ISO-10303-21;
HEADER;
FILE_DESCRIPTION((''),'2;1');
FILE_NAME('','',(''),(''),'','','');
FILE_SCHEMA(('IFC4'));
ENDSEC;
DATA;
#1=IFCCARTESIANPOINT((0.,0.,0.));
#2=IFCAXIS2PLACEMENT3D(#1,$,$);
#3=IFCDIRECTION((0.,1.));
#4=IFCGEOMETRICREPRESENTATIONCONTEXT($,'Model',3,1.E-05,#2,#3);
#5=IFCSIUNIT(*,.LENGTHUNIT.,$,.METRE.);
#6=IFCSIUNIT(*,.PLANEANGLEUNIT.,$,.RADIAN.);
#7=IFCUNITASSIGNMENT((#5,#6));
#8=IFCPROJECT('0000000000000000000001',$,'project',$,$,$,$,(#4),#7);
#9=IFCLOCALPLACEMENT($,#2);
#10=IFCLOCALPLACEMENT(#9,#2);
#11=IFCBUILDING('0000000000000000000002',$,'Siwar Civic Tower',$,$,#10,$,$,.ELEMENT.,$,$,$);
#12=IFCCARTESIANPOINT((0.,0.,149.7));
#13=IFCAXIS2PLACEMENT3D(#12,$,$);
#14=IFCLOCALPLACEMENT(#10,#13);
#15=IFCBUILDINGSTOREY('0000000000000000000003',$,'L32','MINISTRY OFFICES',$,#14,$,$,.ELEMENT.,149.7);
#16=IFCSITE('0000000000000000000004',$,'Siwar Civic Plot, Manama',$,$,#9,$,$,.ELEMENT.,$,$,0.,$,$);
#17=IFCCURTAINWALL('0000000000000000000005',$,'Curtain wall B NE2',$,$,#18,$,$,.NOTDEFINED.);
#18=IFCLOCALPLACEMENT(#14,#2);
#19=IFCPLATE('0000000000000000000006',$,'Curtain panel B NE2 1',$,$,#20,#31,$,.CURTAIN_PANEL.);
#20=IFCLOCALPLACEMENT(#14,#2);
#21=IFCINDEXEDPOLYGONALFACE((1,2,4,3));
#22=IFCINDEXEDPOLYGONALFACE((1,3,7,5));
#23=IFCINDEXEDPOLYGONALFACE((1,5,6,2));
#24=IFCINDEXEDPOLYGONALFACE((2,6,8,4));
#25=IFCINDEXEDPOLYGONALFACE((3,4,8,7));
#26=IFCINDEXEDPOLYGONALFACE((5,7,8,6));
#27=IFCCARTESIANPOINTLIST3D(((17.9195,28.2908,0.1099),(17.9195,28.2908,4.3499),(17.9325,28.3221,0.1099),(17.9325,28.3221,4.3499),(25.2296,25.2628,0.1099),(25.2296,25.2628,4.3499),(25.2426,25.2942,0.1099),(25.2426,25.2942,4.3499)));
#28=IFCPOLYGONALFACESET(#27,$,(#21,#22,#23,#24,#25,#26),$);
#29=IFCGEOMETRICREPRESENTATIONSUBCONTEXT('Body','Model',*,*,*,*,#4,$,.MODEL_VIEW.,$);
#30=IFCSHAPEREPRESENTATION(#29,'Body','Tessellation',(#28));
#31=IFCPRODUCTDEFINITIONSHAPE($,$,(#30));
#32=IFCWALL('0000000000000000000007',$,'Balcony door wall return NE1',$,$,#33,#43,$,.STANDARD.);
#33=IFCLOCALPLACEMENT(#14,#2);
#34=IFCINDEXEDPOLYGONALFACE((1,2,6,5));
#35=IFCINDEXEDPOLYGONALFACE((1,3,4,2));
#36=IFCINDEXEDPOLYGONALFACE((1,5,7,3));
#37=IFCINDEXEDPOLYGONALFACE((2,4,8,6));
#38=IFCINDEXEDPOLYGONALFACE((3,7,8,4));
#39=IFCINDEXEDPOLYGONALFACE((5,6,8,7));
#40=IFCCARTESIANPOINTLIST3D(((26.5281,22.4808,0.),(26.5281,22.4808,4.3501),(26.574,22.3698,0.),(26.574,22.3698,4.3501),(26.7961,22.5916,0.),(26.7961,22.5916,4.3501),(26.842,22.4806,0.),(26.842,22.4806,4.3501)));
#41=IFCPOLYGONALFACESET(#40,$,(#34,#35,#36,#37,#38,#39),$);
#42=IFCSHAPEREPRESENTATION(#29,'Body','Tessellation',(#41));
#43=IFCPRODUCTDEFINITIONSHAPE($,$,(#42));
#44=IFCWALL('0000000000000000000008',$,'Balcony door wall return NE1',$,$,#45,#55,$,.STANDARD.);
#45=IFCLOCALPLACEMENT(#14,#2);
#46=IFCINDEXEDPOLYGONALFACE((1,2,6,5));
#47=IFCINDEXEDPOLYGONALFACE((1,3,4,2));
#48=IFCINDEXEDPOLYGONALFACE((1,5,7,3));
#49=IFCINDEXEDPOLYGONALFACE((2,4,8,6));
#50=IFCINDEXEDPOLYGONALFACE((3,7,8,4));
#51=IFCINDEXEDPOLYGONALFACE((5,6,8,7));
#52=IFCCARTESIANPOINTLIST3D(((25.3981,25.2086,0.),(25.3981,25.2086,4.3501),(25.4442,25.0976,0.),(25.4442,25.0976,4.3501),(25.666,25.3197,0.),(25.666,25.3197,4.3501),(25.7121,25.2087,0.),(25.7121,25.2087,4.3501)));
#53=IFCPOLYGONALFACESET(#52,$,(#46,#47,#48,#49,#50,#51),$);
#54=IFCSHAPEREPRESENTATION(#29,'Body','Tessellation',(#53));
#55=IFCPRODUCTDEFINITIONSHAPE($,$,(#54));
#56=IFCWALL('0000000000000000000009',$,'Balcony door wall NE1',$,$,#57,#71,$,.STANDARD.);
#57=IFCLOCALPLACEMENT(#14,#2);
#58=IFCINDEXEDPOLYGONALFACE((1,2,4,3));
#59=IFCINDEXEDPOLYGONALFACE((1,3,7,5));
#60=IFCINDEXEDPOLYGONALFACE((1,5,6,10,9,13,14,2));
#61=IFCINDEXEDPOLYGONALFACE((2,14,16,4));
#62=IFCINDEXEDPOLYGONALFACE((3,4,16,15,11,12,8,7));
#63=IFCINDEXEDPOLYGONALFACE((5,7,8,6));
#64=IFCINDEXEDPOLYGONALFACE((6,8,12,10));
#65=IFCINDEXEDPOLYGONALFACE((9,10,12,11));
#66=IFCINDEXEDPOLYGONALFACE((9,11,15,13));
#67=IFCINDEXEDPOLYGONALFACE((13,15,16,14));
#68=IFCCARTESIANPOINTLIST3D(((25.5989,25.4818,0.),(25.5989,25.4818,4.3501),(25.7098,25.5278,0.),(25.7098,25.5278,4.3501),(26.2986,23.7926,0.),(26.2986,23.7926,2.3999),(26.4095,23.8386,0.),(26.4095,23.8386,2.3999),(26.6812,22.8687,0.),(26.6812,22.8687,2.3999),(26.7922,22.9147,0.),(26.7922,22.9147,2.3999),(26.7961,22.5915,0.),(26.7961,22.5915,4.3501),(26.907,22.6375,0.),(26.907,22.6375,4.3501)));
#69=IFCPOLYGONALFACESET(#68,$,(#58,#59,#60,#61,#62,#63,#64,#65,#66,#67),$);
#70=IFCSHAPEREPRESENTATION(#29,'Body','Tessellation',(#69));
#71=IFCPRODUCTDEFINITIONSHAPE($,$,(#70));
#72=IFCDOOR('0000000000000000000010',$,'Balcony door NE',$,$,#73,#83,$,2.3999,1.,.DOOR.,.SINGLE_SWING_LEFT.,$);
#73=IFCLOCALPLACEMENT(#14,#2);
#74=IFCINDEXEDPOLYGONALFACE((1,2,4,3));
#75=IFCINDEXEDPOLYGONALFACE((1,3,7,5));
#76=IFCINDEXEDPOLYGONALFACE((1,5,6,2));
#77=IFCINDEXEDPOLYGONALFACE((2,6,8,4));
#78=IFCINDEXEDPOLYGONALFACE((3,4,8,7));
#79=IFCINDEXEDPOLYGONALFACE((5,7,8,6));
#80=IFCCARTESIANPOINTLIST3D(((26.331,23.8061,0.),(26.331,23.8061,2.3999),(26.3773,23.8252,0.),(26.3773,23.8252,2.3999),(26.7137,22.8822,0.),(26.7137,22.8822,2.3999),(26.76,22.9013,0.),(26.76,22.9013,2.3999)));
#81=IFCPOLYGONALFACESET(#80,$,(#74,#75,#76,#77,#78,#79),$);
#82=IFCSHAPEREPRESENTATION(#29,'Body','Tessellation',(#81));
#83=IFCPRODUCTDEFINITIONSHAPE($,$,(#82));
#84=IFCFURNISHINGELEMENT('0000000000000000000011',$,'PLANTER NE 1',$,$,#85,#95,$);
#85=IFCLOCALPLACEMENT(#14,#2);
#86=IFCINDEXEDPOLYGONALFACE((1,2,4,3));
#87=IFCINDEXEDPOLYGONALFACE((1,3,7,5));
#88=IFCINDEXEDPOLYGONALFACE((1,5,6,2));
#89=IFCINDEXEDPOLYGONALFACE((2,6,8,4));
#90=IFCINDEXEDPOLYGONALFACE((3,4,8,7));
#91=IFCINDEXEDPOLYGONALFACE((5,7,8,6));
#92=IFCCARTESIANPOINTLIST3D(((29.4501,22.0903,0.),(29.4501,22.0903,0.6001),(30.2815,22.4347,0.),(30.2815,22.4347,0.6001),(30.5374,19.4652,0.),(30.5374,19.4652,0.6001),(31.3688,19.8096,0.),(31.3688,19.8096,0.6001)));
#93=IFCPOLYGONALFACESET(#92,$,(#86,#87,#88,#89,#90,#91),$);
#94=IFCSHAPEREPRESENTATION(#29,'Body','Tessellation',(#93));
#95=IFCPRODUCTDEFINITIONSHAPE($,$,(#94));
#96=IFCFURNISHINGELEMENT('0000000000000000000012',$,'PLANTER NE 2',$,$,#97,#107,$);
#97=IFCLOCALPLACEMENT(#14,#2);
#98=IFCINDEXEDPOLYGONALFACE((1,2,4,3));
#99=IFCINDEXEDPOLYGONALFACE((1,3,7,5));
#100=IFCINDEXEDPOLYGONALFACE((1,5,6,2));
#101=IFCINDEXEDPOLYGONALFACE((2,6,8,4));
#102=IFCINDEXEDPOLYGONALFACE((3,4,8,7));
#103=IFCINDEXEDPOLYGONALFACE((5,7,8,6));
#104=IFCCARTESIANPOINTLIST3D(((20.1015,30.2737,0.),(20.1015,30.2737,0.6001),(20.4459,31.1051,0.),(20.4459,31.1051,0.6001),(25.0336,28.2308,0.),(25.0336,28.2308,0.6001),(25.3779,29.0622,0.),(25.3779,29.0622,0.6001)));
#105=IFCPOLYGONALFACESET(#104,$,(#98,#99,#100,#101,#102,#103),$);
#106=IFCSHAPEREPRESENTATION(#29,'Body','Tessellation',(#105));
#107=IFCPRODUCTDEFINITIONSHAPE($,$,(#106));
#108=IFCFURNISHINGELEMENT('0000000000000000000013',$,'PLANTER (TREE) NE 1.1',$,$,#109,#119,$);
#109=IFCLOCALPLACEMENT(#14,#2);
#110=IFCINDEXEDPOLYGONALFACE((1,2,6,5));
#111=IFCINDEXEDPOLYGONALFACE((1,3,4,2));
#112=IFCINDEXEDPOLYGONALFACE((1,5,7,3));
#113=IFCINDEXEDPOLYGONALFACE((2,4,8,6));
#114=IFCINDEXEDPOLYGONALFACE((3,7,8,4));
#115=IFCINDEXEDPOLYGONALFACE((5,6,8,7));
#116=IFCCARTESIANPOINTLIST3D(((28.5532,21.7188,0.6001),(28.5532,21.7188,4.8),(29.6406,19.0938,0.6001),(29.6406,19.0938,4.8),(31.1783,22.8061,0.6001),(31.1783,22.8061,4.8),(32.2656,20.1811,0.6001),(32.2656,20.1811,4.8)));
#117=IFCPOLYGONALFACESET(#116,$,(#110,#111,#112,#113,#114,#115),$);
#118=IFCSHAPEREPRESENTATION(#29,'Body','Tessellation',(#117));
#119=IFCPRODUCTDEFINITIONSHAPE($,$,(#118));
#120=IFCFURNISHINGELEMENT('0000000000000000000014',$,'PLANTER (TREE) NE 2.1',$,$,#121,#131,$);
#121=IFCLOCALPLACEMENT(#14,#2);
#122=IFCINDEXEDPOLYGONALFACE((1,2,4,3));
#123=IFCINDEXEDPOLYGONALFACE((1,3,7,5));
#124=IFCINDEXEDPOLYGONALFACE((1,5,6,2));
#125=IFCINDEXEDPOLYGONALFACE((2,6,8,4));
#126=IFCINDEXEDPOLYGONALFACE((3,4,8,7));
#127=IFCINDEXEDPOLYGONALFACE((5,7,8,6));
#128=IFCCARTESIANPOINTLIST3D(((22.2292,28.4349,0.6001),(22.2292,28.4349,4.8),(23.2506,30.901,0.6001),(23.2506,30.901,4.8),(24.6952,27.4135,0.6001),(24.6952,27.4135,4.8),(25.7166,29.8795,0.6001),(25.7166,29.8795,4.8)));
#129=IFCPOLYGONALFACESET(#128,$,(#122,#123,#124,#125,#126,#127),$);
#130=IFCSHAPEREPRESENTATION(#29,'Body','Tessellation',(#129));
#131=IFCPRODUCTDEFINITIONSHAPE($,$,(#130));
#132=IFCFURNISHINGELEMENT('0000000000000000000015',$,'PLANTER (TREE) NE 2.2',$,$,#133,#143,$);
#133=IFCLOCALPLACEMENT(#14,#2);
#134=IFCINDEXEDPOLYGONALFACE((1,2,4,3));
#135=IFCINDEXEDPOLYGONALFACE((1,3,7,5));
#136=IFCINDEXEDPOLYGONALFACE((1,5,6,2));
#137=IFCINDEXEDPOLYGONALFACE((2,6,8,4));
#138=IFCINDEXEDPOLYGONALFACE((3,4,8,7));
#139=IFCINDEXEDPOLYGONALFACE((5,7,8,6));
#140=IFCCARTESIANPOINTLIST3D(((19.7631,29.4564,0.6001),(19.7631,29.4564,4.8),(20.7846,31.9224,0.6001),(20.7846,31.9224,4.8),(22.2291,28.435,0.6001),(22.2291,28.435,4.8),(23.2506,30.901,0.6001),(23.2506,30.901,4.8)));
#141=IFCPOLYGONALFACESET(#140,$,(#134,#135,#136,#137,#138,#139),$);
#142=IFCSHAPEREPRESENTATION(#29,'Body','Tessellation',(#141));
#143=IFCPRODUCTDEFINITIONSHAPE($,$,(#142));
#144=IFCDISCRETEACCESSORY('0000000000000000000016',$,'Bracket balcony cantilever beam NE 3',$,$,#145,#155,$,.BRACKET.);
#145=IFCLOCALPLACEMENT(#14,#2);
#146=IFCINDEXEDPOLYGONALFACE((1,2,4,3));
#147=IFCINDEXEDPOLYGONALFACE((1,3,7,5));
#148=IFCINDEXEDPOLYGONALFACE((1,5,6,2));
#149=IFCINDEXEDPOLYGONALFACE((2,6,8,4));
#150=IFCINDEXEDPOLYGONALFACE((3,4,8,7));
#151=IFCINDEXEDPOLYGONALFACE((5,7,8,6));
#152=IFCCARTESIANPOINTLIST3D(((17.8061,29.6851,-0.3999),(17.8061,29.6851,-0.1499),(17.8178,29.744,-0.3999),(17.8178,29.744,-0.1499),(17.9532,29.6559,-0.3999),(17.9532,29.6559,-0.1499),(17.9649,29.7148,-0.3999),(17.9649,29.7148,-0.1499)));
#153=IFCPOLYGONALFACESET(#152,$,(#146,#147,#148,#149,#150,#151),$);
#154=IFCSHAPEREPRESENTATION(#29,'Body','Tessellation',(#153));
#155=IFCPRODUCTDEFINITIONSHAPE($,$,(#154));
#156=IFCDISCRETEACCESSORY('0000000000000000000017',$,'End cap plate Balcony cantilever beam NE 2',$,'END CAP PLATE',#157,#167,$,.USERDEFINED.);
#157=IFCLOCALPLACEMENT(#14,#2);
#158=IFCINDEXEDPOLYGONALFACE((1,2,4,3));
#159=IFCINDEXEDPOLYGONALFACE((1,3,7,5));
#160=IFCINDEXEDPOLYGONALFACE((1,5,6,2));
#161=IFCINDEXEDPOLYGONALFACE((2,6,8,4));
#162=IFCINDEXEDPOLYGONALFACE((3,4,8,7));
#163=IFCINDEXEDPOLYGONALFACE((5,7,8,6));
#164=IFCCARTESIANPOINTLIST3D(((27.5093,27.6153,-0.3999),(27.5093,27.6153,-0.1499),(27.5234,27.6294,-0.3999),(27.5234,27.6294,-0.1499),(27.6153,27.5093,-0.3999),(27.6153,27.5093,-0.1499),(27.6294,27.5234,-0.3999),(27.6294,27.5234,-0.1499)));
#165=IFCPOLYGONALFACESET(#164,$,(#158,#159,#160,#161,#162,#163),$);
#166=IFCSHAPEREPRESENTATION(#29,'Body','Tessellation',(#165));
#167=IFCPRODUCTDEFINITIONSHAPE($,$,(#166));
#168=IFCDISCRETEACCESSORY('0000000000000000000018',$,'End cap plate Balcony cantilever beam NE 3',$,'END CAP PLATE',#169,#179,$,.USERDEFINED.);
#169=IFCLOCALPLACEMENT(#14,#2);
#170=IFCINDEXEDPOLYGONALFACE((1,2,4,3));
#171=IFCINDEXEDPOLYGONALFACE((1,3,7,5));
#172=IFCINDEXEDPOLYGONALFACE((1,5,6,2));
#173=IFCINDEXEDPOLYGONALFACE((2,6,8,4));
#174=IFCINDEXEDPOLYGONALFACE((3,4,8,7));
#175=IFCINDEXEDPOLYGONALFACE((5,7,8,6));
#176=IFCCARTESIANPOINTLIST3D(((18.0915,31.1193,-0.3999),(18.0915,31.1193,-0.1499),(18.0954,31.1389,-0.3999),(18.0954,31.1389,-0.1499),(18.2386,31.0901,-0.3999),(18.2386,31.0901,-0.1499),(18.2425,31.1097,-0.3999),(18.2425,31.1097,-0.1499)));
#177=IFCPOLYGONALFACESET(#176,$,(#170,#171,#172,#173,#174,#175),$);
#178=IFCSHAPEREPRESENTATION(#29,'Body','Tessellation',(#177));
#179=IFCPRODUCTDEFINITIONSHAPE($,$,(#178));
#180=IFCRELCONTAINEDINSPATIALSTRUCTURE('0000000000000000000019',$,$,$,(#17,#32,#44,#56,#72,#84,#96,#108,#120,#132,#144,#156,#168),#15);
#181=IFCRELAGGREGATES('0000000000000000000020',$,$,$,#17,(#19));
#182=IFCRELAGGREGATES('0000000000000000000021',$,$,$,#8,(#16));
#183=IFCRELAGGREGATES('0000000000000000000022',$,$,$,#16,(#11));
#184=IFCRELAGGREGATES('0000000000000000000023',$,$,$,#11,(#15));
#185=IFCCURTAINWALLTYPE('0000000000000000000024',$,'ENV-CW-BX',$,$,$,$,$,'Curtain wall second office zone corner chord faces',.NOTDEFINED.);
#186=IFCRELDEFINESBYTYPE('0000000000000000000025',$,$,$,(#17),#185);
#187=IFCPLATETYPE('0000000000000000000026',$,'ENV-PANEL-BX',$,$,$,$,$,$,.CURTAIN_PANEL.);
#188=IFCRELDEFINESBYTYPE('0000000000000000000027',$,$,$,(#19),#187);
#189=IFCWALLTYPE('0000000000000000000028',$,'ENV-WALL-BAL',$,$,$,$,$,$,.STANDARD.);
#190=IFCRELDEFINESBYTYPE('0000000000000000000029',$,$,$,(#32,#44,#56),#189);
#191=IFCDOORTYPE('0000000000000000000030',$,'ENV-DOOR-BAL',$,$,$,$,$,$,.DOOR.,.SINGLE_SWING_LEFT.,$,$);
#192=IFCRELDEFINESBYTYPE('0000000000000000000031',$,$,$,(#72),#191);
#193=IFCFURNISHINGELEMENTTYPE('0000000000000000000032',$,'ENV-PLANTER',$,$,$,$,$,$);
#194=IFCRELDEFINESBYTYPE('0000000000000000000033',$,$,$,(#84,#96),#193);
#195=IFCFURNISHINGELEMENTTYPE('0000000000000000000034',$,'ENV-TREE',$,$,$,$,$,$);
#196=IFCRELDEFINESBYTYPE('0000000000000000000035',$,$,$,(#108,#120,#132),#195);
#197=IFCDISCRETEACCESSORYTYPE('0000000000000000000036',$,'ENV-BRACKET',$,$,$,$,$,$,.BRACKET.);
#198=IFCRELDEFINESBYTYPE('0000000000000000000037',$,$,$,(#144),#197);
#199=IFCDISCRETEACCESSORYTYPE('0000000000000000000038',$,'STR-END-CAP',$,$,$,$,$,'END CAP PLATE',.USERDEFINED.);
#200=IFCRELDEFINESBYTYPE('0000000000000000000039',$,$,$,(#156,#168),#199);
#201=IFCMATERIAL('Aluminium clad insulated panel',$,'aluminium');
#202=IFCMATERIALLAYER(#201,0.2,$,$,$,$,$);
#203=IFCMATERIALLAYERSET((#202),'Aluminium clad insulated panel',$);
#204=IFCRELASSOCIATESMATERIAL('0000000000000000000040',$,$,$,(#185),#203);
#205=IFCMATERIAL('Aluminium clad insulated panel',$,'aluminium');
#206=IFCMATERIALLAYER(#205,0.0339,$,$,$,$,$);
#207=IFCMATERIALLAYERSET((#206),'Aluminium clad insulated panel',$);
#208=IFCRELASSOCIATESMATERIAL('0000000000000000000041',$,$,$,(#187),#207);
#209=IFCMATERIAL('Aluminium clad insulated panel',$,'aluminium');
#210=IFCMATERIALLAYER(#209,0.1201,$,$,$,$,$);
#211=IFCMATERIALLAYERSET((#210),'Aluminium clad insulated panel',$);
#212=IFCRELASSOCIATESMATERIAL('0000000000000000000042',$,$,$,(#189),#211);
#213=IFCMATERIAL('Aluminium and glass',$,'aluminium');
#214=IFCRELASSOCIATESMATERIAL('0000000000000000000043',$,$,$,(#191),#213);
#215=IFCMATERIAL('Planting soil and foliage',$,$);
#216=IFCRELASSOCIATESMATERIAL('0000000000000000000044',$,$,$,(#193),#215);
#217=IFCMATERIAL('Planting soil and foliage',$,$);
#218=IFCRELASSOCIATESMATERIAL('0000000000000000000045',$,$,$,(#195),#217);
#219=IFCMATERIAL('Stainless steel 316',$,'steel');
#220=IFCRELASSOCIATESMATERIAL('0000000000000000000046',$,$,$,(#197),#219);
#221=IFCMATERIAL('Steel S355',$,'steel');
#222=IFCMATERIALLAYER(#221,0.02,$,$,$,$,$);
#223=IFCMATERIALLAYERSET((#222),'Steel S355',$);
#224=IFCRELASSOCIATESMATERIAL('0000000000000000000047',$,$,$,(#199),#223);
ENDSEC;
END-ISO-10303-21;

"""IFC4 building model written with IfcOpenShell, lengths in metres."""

from ifc_helpers import new_model, si_unit, direction, frame, frame_2d, origin, origin_2d, place, context, subcontext, project, spatial, rectangle, extrude, material, layer, layer_set, type_object, element, fill, aggregate, save


model = new_model("IFC4")

# Units and contexts
model_context = context("Model", 3, precision=1e-05, world=origin(), true_north=direction((0.0, 1.0)))
body_context = subcontext(model_context, "Body", "Model", "MODEL_VIEW")
ifc_project = project(units=[si_unit("LENGTHUNIT", "METRE"), si_unit("PLANEANGLEUNIT", "RADIAN")], contexts=[model_context])

# Site, building, storey
site_placement = place(None, origin())
site = spatial("IfcSite", under=ifc_project, at=site_placement, Name="Siwar Civic Plot, Manama", CompositionType="ELEMENT", RefElevation=0.0)
building_placement = place(site_placement, origin())
building = spatial("IfcBuilding", under=site, at=building_placement, Name="Siwar Civic Tower", CompositionType="ELEMENT")
storey_placement = place(building_placement, frame((0.0, 0.0, 149.7)))
storey = spatial("IfcBuildingStorey", under=building, at=storey_placement, Name="L32", Description="MINISTRY OFFICES", CompositionType="ELEMENT", Elevation=149.7)

# Shared definitions
ifc_material_1 = material(Name="Aluminium clad insulated panel", Category="aluminium")
ifc_layer_1 = layer(ifc_material_1, 0.2)
ifc_layer_set_1 = layer_set([ifc_layer_1], Name="Aluminium clad insulated panel")
curtain_wall_type = type_object("IfcCurtainWallType", Name="ENV-CW-BX", ElementType="Curtain wall second office zone corner chord faces", PredefinedType="NOTDEFINED", material=ifc_layer_set_1)

# Curtain wall
curtain_wall_1_placement = place(storey_placement, origin())
curtain_wall_1 = element("IfcCurtainWall", 1, at=curtain_wall_1_placement, inside=storey, type_object=curtain_wall_type, Name="Curtain wall B NE2", PredefinedType="NOTDEFINED")

# Plate
ifc_material_2 = material(Name="Aluminium clad insulated panel", Category="aluminium")
ifc_layer_2 = layer(ifc_material_2, 0.0339)
ifc_layer_set_2 = layer_set([ifc_layer_2], Name="Aluminium clad insulated panel")
plate_type = type_object("IfcPlateType", Name="ENV-PANEL-BX", PredefinedType="CURTAIN_PANEL", material=ifc_layer_set_2)
plate_placement = place(storey_placement, frame((21.5811, 26.7925, 0.1099), z_axis=(0.0, 0.0, 1.0), x_axis=(-0.92388, 0.382683, 0.0)))
plate = element("IfcPlate", 2, at=plate_placement, type_object=plate_type, Name="Curtain panel B NE2 1", PredefinedType="CURTAIN_PANEL", context=body_context, shape_type="SweptSolid", body=[
    extrude(rectangle(XDim=7.9124, YDim=0.0339, at=origin_2d()), origin(), (0.0, 0.0, 1.0), 4.24),
])
aggregate(curtain_wall_1, [plate])

# Walls
ifc_material_3 = material(Name="Aluminium clad insulated panel", Category="aluminium")
ifc_layer_3 = layer(ifc_material_3, 0.1201)
ifc_layer_set_3 = layer_set([ifc_layer_3], Name="Aluminium clad insulated panel")
wall_type = type_object("IfcWallType", Name="ENV-WALL-BAL", PredefinedType="STANDARD", material=ifc_layer_set_3)
for number, where, z_axis, x_axis, name in (
    (3, (26.551, 22.4253, 0.0), (0.0, 0.0, 1.0), (0.924119, 0.382104, 0.0), "Balcony door wall return NE1"),
    (4, (25.4211, 25.1531, 0.0), (0.0, 0.0, 1.0), (0.923699, 0.38312, 0.0), "Balcony door wall return NE1"),
):
    element("IfcWall", number, at=place(storey_placement, frame(where, z_axis=z_axis, x_axis=x_axis)), inside=storey, type_object=wall_type, Name=name, PredefinedType="STANDARD", context=body_context, shape_type="SweptSolid", body=[
        extrude(rectangle(XDim=0.29, YDim=0.1201, at=frame_2d((0.145, 0.0))), origin(), (0.0, 0.0, 1.0), 4.3501),
    ])

# Wall, opening, door
wall_placement = place(storey_placement, frame((26.8516, 22.6145, 0.0), z_axis=(0.0, 0.0, 1.0), x_axis=(-0.382692, 0.923876, 0.0)))
wall = element("IfcWall", 5, at=wall_placement, inside=storey, type_object=wall_type, Name="Balcony door wall NE1", PredefinedType="STANDARD", context=body_context, shape_type="SweptSolid", body=[
    extrude(rectangle(XDim=3.1284, YDim=0.1201, at=frame_2d((1.5642, 0.0))), origin(), (0.0, 0.0, 1.0), 4.3501),
])
opening_placement = place(wall_placement, frame((0.3, 0.0, 0.0)))
opening = element("IfcOpeningElement", 6, at=opening_placement, cuts=wall, PredefinedType="OPENING", context=body_context, shape_type="SweptSolid", body=[
    extrude(rectangle(XDim=1.0, YDim=2.3999, at=frame_2d((0.5, 1.2))), frame((0.0, 0.0701, 0.0), z_axis=(0.0, -1.0, 0.0), x_axis=(1.0, 0.0, 0.0)), (0.0, 0.0, 1.0), 0.1401),
])
ifc_material_4 = material(Name="Aluminium and glass", Category="aluminium")
door_type = type_object("IfcDoorType", Name="ENV-DOOR-BAL", OperationType="SINGLE_SWING_LEFT", PredefinedType="DOOR", material=ifc_material_4)
door_placement = place(opening_placement, origin())
door = element("IfcDoor", 7, at=door_placement, inside=storey, type_object=door_type, Name="Balcony door NE", OperationType="SINGLE_SWING_LEFT", OverallHeight=2.3999, OverallWidth=1.0, PredefinedType="DOOR", context=body_context, shape_type="SweptSolid", body=[
    extrude(rectangle(XDim=1.0, YDim=2.3999, at=frame_2d((0.5, 1.2))), frame((0.0, 0.0249, 0.0), z_axis=(0.0, -1.0, 0.0), x_axis=(1.0, 0.0, 0.0)), (0.0, 0.0, 1.0), 0.05),
])
fill(opening, door)

# Furnishing elements
ifc_material_5 = material(Name="Planting soil and foliage")
furnishing_element_type_1 = type_object("IfcFurnishingElementType", Name="ENV-PLANTER", material=ifc_material_5)
furnishing_1_placement = place(storey_placement, frame((30.4094, 20.95, 0.0), z_axis=(0.0, 0.0, 1.0), x_axis=(-0.382683, 0.92388, 0.0)))
element("IfcFurnishingElement", 8, at=furnishing_1_placement, inside=storey, type_object=furnishing_element_type_1, Name="PLANTER NE 1", context=body_context, shape_type="SweptSolid", body=[
    extrude(rectangle(XDim=2.8413, YDim=0.8999, at=origin_2d()), origin(), (0.0, 0.0, 1.0), 0.6001),
])
furnishing_2_placement = place(storey_placement, frame((22.7397, 29.668, 0.0), z_axis=(0.0, 0.0, 1.0), x_axis=(-0.92388, 0.382683, 0.0)))
element("IfcFurnishingElement", 9, at=furnishing_2_placement, inside=storey, type_object=furnishing_element_type_1, Name="PLANTER NE 2", context=body_context, shape_type="SweptSolid", body=[
    extrude(rectangle(XDim=5.3384, YDim=0.8999, at=origin_2d()), origin(), (0.0, 0.0, 1.0), 0.6001),
])
ifc_material_6 = material(Name="Planting soil and foliage")
furnishing_element_type_2 = type_object("IfcFurnishingElementType", Name="ENV-TREE", material=ifc_material_6)
furnishing_3_placement = place(storey_placement, frame((30.4094, 20.95, 0.6001), z_axis=(0.0, 0.0, 1.0), x_axis=(-0.382683, 0.92388, 0.0)))
element("IfcFurnishingElement", 10, at=furnishing_3_placement, inside=storey, type_object=furnishing_element_type_2, Name="PLANTER (TREE) NE 1.1", context=body_context, shape_type="SweptSolid", body=[
    extrude(rectangle(XDim=2.8413, YDim=2.8413, at=origin_2d()), origin(), (0.0, 0.0, 1.0), 4.2),
])
for number, where, z_axis, x_axis, name in (
    (11, (23.9729, 29.1572, 0.6001), (0.0, 0.0, 1.0), (-0.92388, 0.382683, 0.0), "PLANTER (TREE) NE 2.1"),
    (12, (21.5068, 30.1787, 0.6001), (0.0, 0.0, 1.0), (-0.92388, 0.382683, 0.0), "PLANTER (TREE) NE 2.2"),
):
    element("IfcFurnishingElement", number, at=place(storey_placement, frame(where, z_axis=z_axis, x_axis=x_axis)), inside=storey, type_object=furnishing_element_type_2, Name=name, context=body_context, shape_type="SweptSolid", body=[
        extrude(rectangle(XDim=2.6692, YDim=2.6692, at=origin_2d()), origin(), (0.0, 0.0, 1.0), 4.2),
    ])

# Discrete accessories
ifc_material_7 = material(Name="Stainless steel 316", Category="steel")
discrete_accessory_type_1 = type_object("IfcDiscreteAccessoryType", Name="ENV-BRACKET", PredefinedType="BRACKET", material=ifc_material_7)
discrete_accessory_placement = place(storey_placement, frame((17.8855, 29.7, -0.3999), z_axis=(0.0, 0.0, 1.0), x_axis=(0.19509, 0.980785, 0.0)))
element("IfcDiscreteAccessory", 13, at=discrete_accessory_placement, inside=storey, type_object=discrete_accessory_type_1, Name="Bracket balcony cantilever beam NE 3", PredefinedType="BRACKET", context=body_context, shape_type="SweptSolid", body=[
    extrude(rectangle(XDim=0.0601, YDim=0.1499, at=origin_2d()), origin(), (0.0, 0.0, 1.0), 0.25),
])
ifc_material_8 = material(Name="Steel S355", Category="steel")
ifc_layer_4 = layer(ifc_material_8, 0.02)
ifc_layer_set_4 = layer_set([ifc_layer_4], Name="Steel S355")
discrete_accessory_type_2 = type_object("IfcDiscreteAccessoryType", Name="STR-END-CAP", ElementType="END CAP PLATE", PredefinedType="USERDEFINED", material=ifc_layer_set_4)
for number, where, z_axis, x_axis, name in (
    (14, (27.5693, 27.5693, -0.3999), (0.0, 0.0, 1.0), (0.707107, 0.707107, 0.0), "End cap plate Balcony cantilever beam NE 2"),
    (15, (18.167, 31.1145, -0.3999), (0.0, 0.0, 1.0), (0.19509, 0.980785, 0.0), "End cap plate Balcony cantilever beam NE 3"),
):
    element("IfcDiscreteAccessory", number, at=place(storey_placement, frame(where, z_axis=z_axis, x_axis=x_axis)), inside=storey, type_object=discrete_accessory_type_2, Name=name, ObjectType="END CAP PLATE", PredefinedType="USERDEFINED", context=body_context, shape_type="SweptSolid", body=[
        extrude(rectangle(XDim=0.02, YDim=0.1499, at=origin_2d()), origin(), (0.0, 0.0, 1.0), 0.25),
    ])

save(model, "model.ifc")
